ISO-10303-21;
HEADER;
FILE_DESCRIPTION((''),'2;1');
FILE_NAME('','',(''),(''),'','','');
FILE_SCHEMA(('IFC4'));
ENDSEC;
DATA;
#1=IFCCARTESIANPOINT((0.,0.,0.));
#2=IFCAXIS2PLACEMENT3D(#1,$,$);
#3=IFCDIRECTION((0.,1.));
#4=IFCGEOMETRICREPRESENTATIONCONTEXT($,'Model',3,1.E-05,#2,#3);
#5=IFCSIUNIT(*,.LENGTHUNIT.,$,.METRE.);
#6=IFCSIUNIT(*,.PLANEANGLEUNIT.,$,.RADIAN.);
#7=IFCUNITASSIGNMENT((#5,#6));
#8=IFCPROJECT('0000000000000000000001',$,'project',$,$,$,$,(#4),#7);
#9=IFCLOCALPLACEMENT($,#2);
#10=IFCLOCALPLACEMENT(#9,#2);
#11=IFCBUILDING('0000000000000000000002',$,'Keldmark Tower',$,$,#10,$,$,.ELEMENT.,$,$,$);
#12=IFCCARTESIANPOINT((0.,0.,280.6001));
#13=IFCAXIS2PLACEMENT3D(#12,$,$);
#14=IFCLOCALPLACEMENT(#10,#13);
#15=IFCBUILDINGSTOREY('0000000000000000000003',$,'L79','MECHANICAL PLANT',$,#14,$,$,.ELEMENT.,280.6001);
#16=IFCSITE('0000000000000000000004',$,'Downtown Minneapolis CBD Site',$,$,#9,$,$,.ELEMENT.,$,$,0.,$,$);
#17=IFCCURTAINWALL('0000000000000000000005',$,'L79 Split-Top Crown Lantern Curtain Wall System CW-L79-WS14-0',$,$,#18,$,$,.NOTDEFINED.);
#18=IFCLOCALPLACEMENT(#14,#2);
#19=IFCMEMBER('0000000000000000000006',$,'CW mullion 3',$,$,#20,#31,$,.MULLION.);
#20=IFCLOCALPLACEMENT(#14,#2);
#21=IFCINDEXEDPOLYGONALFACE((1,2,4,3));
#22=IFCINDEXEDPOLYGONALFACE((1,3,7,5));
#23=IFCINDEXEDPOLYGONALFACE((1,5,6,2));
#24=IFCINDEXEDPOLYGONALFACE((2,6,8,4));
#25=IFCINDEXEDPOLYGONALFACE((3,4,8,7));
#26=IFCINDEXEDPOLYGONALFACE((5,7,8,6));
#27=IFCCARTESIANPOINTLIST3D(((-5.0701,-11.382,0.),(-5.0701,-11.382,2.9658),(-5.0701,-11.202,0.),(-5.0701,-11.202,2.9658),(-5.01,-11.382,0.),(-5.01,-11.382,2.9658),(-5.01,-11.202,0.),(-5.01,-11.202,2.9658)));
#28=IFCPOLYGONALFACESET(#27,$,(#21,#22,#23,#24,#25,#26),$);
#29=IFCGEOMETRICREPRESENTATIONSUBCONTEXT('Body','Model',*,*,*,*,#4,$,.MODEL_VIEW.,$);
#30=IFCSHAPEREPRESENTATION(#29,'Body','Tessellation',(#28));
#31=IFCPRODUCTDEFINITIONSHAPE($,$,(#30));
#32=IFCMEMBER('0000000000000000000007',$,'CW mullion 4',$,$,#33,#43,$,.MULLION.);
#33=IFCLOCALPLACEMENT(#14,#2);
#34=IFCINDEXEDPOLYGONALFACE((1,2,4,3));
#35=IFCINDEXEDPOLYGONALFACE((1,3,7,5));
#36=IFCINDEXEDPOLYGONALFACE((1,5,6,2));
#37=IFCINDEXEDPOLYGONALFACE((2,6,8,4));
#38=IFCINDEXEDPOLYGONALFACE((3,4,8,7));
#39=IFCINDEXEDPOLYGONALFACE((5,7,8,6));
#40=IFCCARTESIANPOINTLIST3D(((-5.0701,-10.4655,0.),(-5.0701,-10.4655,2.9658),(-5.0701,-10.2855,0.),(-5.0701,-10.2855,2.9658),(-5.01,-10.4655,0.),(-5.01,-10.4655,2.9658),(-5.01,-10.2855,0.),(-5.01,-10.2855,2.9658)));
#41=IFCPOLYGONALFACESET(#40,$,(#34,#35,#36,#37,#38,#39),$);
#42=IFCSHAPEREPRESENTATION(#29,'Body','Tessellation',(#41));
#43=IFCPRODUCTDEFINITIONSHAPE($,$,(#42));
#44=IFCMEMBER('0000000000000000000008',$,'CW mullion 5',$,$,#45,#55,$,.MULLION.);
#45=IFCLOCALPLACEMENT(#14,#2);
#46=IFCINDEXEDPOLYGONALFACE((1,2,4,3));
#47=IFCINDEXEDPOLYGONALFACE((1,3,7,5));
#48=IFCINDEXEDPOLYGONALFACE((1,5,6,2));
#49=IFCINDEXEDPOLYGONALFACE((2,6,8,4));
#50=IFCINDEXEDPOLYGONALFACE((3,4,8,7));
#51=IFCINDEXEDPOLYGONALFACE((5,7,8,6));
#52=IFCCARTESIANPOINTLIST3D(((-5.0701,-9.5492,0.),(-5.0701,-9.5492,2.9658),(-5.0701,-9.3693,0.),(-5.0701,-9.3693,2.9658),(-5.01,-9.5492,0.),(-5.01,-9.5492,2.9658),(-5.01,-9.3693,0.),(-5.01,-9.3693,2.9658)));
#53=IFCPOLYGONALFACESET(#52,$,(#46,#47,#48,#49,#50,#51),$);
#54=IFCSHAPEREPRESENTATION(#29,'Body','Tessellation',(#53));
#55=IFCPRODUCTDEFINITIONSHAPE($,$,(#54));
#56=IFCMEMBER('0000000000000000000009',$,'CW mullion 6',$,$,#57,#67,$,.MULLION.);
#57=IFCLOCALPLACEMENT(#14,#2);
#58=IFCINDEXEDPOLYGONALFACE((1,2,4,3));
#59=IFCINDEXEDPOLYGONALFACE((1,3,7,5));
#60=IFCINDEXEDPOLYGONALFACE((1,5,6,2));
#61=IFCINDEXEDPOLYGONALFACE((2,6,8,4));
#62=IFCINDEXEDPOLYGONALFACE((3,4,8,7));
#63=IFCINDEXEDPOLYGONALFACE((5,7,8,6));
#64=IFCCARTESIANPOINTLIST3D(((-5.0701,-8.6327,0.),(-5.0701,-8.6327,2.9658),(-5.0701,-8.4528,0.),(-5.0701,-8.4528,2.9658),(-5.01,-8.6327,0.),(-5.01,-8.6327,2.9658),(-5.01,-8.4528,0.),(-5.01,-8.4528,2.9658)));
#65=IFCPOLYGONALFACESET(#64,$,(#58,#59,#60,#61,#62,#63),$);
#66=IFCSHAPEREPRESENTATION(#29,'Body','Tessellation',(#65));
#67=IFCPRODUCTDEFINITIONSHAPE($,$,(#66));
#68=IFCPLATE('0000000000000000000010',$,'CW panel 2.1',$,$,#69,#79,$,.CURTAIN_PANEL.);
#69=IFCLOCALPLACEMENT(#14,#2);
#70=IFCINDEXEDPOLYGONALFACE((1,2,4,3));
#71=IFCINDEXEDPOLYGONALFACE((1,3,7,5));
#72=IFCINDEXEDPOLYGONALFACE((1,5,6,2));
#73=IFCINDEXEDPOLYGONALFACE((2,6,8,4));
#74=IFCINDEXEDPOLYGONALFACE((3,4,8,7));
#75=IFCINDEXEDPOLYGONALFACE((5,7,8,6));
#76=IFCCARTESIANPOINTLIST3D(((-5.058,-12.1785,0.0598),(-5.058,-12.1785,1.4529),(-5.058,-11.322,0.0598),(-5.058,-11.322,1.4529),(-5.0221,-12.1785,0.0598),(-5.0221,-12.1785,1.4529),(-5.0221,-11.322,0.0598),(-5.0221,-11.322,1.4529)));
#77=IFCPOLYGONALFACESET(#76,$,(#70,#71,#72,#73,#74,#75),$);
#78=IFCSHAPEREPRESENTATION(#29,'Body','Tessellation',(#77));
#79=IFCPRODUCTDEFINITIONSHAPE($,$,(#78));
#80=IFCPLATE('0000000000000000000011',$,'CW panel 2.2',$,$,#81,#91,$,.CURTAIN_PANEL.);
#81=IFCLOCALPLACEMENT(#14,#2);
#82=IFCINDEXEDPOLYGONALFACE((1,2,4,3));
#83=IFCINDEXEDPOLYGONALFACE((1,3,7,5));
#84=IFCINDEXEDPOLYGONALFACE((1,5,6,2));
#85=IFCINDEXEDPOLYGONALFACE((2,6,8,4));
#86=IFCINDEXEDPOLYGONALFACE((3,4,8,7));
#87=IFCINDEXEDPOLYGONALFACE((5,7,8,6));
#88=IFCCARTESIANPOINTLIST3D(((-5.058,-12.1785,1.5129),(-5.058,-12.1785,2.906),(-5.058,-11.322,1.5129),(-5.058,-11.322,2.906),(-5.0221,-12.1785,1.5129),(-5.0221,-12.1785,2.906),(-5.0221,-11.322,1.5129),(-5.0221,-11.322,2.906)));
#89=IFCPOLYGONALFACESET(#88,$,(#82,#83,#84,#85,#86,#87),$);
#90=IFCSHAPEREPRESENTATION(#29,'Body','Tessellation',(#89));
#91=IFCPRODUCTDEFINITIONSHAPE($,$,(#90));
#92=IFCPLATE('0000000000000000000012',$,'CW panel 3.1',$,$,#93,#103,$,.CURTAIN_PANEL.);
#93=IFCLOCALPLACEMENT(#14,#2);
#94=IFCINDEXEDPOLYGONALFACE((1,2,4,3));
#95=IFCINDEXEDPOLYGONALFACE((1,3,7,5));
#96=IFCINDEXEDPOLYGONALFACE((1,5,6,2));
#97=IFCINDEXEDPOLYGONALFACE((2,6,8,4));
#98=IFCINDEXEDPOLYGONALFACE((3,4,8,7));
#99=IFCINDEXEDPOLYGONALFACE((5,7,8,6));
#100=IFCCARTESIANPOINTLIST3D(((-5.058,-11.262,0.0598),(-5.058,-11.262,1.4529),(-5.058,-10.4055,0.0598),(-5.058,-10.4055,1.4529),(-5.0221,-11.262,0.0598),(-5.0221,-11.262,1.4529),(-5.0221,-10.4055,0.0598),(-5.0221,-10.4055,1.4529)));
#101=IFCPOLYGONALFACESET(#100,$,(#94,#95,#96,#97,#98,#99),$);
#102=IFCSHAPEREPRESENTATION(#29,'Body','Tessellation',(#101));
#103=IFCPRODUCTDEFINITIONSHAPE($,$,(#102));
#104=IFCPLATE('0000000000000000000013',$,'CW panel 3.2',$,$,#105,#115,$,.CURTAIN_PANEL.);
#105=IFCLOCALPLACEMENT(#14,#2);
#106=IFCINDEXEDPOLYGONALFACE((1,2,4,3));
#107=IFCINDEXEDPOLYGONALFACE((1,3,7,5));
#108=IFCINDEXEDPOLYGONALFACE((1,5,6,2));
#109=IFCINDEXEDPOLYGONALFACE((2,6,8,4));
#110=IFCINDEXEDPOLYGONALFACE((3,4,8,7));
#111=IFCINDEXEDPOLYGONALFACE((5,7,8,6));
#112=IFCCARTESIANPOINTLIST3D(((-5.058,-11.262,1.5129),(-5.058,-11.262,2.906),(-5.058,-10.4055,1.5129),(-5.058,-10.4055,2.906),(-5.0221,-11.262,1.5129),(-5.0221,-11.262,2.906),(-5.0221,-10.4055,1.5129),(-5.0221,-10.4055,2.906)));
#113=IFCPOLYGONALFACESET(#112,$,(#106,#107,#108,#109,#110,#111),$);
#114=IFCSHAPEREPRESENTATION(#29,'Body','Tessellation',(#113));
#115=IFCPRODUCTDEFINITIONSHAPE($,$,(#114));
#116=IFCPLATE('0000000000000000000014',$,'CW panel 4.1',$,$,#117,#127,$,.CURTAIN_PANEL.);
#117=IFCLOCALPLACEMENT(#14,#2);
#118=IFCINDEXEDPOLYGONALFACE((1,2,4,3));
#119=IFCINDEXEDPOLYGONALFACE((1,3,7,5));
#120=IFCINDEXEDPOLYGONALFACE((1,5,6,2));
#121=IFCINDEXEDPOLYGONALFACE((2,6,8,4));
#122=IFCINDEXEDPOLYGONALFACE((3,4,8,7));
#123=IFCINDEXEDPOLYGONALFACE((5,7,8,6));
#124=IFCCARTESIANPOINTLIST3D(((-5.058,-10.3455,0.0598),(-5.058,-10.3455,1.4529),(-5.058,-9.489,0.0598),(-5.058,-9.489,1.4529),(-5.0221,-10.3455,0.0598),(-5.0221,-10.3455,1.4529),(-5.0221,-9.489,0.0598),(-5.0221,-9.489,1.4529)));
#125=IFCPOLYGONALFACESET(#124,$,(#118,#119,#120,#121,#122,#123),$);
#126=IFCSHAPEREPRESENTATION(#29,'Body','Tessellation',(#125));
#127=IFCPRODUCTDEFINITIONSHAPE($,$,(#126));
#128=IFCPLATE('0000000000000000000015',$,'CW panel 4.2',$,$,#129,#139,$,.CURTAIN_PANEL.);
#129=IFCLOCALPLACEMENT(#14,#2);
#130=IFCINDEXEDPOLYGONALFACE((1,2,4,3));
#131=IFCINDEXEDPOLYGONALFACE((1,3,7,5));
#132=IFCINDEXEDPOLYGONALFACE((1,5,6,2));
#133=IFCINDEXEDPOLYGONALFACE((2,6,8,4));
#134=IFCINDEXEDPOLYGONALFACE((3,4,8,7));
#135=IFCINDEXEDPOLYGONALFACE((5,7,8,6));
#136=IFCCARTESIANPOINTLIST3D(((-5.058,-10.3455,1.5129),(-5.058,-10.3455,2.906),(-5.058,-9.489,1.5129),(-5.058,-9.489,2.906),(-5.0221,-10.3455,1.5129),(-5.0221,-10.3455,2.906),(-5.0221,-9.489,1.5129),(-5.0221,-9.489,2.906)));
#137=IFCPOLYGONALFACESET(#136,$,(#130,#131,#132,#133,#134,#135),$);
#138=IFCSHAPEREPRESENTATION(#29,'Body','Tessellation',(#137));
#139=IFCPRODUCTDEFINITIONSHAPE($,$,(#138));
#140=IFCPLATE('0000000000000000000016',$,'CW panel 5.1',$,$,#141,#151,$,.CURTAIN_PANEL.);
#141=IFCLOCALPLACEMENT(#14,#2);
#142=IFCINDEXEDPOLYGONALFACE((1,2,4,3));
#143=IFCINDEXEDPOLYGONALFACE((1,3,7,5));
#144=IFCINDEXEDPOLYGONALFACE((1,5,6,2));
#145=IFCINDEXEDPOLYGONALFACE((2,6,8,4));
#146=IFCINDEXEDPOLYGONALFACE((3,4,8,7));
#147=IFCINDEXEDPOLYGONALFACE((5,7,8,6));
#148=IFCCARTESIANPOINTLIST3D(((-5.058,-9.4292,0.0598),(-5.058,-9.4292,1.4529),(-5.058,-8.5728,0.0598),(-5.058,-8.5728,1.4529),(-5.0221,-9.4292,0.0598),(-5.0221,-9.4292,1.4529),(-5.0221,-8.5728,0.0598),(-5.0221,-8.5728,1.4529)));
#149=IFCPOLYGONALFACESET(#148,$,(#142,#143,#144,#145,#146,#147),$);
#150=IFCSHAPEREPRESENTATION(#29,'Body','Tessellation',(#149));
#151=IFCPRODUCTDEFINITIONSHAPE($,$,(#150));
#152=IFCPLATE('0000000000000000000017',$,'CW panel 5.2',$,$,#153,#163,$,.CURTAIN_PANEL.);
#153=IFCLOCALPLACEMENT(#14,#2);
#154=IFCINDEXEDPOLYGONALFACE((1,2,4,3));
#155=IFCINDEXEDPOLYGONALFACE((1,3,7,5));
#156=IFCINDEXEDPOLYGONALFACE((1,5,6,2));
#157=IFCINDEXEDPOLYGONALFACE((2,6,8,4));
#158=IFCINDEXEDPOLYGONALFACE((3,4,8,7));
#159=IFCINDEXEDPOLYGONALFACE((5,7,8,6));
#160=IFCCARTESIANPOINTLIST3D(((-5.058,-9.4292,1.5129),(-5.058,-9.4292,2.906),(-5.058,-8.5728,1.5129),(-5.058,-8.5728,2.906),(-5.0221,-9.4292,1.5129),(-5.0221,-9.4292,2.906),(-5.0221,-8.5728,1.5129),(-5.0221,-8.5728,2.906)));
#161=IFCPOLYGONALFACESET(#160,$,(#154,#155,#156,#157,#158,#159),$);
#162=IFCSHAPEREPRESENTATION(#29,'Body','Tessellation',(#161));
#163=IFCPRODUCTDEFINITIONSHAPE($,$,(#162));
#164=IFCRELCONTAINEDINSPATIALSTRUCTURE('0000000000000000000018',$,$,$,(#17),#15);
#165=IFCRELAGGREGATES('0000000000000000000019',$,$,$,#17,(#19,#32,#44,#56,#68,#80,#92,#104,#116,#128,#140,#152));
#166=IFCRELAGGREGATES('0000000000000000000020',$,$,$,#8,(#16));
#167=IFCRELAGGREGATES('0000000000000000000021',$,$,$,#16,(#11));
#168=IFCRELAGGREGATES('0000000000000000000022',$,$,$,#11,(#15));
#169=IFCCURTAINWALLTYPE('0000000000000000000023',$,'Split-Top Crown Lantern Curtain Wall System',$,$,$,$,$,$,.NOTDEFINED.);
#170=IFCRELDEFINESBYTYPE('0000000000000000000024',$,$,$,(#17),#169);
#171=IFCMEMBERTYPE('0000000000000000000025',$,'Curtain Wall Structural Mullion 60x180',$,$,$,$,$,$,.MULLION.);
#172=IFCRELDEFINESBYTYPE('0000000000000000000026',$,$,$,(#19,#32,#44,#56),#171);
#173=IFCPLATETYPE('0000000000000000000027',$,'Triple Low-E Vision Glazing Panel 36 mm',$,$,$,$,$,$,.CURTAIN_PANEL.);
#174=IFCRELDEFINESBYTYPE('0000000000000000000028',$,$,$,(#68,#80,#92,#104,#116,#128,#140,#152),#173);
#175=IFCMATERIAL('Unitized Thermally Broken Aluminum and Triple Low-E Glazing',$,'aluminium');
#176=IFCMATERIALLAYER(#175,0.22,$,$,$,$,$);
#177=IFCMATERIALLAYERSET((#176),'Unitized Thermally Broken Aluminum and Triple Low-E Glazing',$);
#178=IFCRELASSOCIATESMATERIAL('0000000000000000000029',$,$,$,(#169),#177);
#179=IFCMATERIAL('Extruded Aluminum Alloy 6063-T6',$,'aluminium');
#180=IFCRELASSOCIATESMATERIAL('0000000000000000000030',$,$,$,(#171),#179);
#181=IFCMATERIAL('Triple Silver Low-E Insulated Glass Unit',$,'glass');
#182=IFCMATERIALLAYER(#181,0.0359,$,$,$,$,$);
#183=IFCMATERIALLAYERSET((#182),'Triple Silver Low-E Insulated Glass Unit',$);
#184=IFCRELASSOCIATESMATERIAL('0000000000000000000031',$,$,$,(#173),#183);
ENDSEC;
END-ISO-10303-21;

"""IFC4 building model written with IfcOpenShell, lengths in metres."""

from ifc_helpers import new_model, si_unit, direction, frame, origin, origin_2d, place, context, subcontext, project, spatial, rectangle, extrude, material, layer, layer_set, material_profile, profile_set, type_object, element, aggregate, save


model = new_model("IFC4")

# Units and contexts
model_context = context("Model", 3, precision=1e-05, world=origin(), true_north=direction((0.0, 1.0)))
body_context = subcontext(model_context, "Body", "Model", "MODEL_VIEW")
ifc_project = project(units=[si_unit("LENGTHUNIT", "METRE"), si_unit("PLANEANGLEUNIT", "RADIAN")], contexts=[model_context])

# Site, building, storey
site_placement = place(None, origin())
site = spatial("IfcSite", under=ifc_project, at=site_placement, Name="Downtown Minneapolis CBD Site", CompositionType="ELEMENT", RefElevation=0.0)
building_placement = place(site_placement, origin())
building = spatial("IfcBuilding", under=site, at=building_placement, Name="Keldmark Tower", CompositionType="ELEMENT")
storey_placement = place(building_placement, frame((0.0, 0.0, 280.6001)))
storey = spatial("IfcBuildingStorey", under=building, at=storey_placement, Name="L79", Description="MECHANICAL PLANT", CompositionType="ELEMENT", Elevation=280.6001)

# Curtain wall, members, plates
ifc_material_1 = material(Name="Unitized Thermally Broken Aluminum and Triple Low-E Glazing", Category="aluminium")
ifc_layer_1 = layer(ifc_material_1, 0.22)
ifc_layer_set_1 = layer_set([ifc_layer_1], Name="Unitized Thermally Broken Aluminum and Triple Low-E Glazing")
curtain_wall_type = type_object("IfcCurtainWallType", Name="Split-Top Crown Lantern Curtain Wall System", PredefinedType="NOTDEFINED", material=ifc_layer_set_1)
curtain_wall_placement = place(storey_placement, origin())
curtain_wall = element("IfcCurtainWall", 1, at=curtain_wall_placement, inside=storey, type_object=curtain_wall_type, Name="L79 Split-Top Crown Lantern Curtain Wall System CW-L79-WS14-0", PredefinedType="NOTDEFINED")
ifc_material_2 = material(Name="Extruded Aluminum Alloy 6063-T6", Category="aluminium")
ifc_material_profile_1 = material_profile(ifc_material_2, rectangle(XDim=0.0601, YDim=0.1799, at=origin_2d()), Name="CWM60X180")
ifc_profile_set_1 = profile_set([ifc_material_profile_1], Name="Extruded Aluminum Alloy 6063-T6")
member_type_1 = type_object("IfcMemberType", Name="Curtain Wall Structural Mullion 60x180", PredefinedType="MULLION", material=ifc_profile_set_1)
member_1_placement = place(storey_placement, frame((-5.04, -11.292, 0.0), z_axis=(0.0, 0.0, 1.0), x_axis=(-1.0, 0.0, 0.0)))
member_1 = element("IfcMember", 2, at=member_1_placement, type_object=member_type_1, Name="CW mullion 3", PredefinedType="MULLION", context=body_context, shape_type="SweptSolid", body=[
    extrude(rectangle(XDim=0.0601, YDim=0.1799, at=origin_2d()), origin(), (0.0, 0.0, 1.0), 2.9658),
])
member_2_placement = place(storey_placement, frame((-5.04, -10.3755, 0.0), z_axis=(0.0, 0.0, 1.0), x_axis=(-1.0, 0.0, 0.0)))
member_2 = element("IfcMember", 3, at=member_2_placement, type_object=member_type_1, Name="CW mullion 4", PredefinedType="MULLION", context=body_context, shape_type="SweptSolid", body=[
    extrude(rectangle(XDim=0.0601, YDim=0.1799, at=origin_2d()), origin(), (0.0, 0.0, 1.0), 2.9658),
])
member_3_placement = place(storey_placement, frame((-5.04, -9.4592, 0.0), z_axis=(0.0, 0.0, 1.0), x_axis=(-1.0, 0.0, 0.0)))
member_3 = element("IfcMember", 4, at=member_3_placement, type_object=member_type_1, Name="CW mullion 5", PredefinedType="MULLION", context=body_context, shape_type="SweptSolid", body=[
    extrude(rectangle(XDim=0.0601, YDim=0.1799, at=origin_2d()), origin(), (0.0, 0.0, 1.0), 2.9658),
])
member_4_placement = place(storey_placement, frame((-5.04, -8.5427, 0.0), z_axis=(0.0, 0.0, 1.0), x_axis=(-1.0, 0.0, 0.0)))
member_4 = element("IfcMember", 5, at=member_4_placement, type_object=member_type_1, Name="CW mullion 6", PredefinedType="MULLION", context=body_context, shape_type="SweptSolid", body=[
    extrude(rectangle(XDim=0.0601, YDim=0.1799, at=origin_2d()), origin(), (0.0, 0.0, 1.0), 2.9658),
])
ifc_material_3 = material(Name="Triple Silver Low-E Insulated Glass Unit", Category="glass")
ifc_layer_2 = layer(ifc_material_3, 0.0359)
ifc_layer_set_2 = layer_set([ifc_layer_2], Name="Triple Silver Low-E Insulated Glass Unit")
plate_type = type_object("IfcPlateType", Name="Triple Low-E Vision Glazing Panel 36 mm", PredefinedType="CURTAIN_PANEL", material=ifc_layer_set_2)
plate_1_placement = place(storey_placement, frame((-5.04, -11.7502, 0.0598), z_axis=(0.0, 0.0, 1.0), x_axis=(0.0, 1.0, 0.0)))
plate_1 = element("IfcPlate", 6, at=plate_1_placement, type_object=plate_type, Name="CW panel 2.1", PredefinedType="CURTAIN_PANEL", context=body_context, shape_type="SweptSolid", body=[
    extrude(rectangle(XDim=0.8564, YDim=0.0359, at=origin_2d()), origin(), (0.0, 0.0, 1.0), 1.3931),
])
plate_2_placement = place(storey_placement, frame((-5.04, -11.7502, 1.5129), z_axis=(0.0, 0.0, 1.0), x_axis=(0.0, 1.0, 0.0)))
plate_2 = element("IfcPlate", 7, at=plate_2_placement, type_object=plate_type, Name="CW panel 2.2", PredefinedType="CURTAIN_PANEL", context=body_context, shape_type="SweptSolid", body=[
    extrude(rectangle(XDim=0.8564, YDim=0.0359, at=origin_2d()), origin(), (0.0, 0.0, 1.0), 1.3931),
])
plate_3_placement = place(storey_placement, frame((-5.04, -10.8337, 0.0598), z_axis=(0.0, 0.0, 1.0), x_axis=(0.0, 1.0, 0.0)))
plate_3 = element("IfcPlate", 8, at=plate_3_placement, type_object=plate_type, Name="CW panel 3.1", PredefinedType="CURTAIN_PANEL", context=body_context, shape_type="SweptSolid", body=[
    extrude(rectangle(XDim=0.8564, YDim=0.0359, at=origin_2d()), origin(), (0.0, 0.0, 1.0), 1.3931),
])
plate_4_placement = place(storey_placement, frame((-5.04, -10.8337, 1.5129), z_axis=(0.0, 0.0, 1.0), x_axis=(0.0, 1.0, 0.0)))
plate_4 = element("IfcPlate", 9, at=plate_4_placement, type_object=plate_type, Name="CW panel 3.2", PredefinedType="CURTAIN_PANEL", context=body_context, shape_type="SweptSolid", body=[
    extrude(rectangle(XDim=0.8564, YDim=0.0359, at=origin_2d()), origin(), (0.0, 0.0, 1.0), 1.3931),
])
plate_5_placement = place(storey_placement, frame((-5.04, -9.9172, 0.0598), z_axis=(0.0, 0.0, 1.0), x_axis=(0.0, 1.0, 0.0)))
plate_5 = element("IfcPlate", 10, at=plate_5_placement, type_object=plate_type, Name="CW panel 4.1", PredefinedType="CURTAIN_PANEL", context=body_context, shape_type="SweptSolid", body=[
    extrude(rectangle(XDim=0.8564, YDim=0.0359, at=origin_2d()), origin(), (0.0, 0.0, 1.0), 1.3931),
])
plate_6_placement = place(storey_placement, frame((-5.04, -9.9172, 1.5129), z_axis=(0.0, 0.0, 1.0), x_axis=(0.0, 1.0, 0.0)))
plate_6 = element("IfcPlate", 11, at=plate_6_placement, type_object=plate_type, Name="CW panel 4.2", PredefinedType="CURTAIN_PANEL", context=body_context, shape_type="SweptSolid", body=[
    extrude(rectangle(XDim=0.8564, YDim=0.0359, at=origin_2d()), origin(), (0.0, 0.0, 1.0), 1.3931),
])
plate_7_placement = place(storey_placement, frame((-5.04, -9.001, 0.0598), z_axis=(0.0, 0.0, 1.0), x_axis=(0.0, 1.0, 0.0)))
plate_7 = element("IfcPlate", 12, at=plate_7_placement, type_object=plate_type, Name="CW panel 5.1", PredefinedType="CURTAIN_PANEL", context=body_context, shape_type="SweptSolid", body=[
    extrude(rectangle(XDim=0.8564, YDim=0.0359, at=origin_2d()), origin(), (0.0, 0.0, 1.0), 1.3931),
])
plate_8_placement = place(storey_placement, frame((-5.04, -9.001, 1.5129), z_axis=(0.0, 0.0, 1.0), x_axis=(0.0, 1.0, 0.0)))
plate_8 = element("IfcPlate", 13, at=plate_8_placement, type_object=plate_type, Name="CW panel 5.2", PredefinedType="CURTAIN_PANEL", context=body_context, shape_type="SweptSolid", body=[
    extrude(rectangle(XDim=0.8564, YDim=0.0359, at=origin_2d()), origin(), (0.0, 0.0, 1.0), 1.3931),
])
aggregate(curtain_wall, [member_1, member_2, member_3, member_4, plate_1, plate_2, plate_3, plate_4, plate_5, plate_6, plate_7, plate_8])

save(model, "model.ifc")
